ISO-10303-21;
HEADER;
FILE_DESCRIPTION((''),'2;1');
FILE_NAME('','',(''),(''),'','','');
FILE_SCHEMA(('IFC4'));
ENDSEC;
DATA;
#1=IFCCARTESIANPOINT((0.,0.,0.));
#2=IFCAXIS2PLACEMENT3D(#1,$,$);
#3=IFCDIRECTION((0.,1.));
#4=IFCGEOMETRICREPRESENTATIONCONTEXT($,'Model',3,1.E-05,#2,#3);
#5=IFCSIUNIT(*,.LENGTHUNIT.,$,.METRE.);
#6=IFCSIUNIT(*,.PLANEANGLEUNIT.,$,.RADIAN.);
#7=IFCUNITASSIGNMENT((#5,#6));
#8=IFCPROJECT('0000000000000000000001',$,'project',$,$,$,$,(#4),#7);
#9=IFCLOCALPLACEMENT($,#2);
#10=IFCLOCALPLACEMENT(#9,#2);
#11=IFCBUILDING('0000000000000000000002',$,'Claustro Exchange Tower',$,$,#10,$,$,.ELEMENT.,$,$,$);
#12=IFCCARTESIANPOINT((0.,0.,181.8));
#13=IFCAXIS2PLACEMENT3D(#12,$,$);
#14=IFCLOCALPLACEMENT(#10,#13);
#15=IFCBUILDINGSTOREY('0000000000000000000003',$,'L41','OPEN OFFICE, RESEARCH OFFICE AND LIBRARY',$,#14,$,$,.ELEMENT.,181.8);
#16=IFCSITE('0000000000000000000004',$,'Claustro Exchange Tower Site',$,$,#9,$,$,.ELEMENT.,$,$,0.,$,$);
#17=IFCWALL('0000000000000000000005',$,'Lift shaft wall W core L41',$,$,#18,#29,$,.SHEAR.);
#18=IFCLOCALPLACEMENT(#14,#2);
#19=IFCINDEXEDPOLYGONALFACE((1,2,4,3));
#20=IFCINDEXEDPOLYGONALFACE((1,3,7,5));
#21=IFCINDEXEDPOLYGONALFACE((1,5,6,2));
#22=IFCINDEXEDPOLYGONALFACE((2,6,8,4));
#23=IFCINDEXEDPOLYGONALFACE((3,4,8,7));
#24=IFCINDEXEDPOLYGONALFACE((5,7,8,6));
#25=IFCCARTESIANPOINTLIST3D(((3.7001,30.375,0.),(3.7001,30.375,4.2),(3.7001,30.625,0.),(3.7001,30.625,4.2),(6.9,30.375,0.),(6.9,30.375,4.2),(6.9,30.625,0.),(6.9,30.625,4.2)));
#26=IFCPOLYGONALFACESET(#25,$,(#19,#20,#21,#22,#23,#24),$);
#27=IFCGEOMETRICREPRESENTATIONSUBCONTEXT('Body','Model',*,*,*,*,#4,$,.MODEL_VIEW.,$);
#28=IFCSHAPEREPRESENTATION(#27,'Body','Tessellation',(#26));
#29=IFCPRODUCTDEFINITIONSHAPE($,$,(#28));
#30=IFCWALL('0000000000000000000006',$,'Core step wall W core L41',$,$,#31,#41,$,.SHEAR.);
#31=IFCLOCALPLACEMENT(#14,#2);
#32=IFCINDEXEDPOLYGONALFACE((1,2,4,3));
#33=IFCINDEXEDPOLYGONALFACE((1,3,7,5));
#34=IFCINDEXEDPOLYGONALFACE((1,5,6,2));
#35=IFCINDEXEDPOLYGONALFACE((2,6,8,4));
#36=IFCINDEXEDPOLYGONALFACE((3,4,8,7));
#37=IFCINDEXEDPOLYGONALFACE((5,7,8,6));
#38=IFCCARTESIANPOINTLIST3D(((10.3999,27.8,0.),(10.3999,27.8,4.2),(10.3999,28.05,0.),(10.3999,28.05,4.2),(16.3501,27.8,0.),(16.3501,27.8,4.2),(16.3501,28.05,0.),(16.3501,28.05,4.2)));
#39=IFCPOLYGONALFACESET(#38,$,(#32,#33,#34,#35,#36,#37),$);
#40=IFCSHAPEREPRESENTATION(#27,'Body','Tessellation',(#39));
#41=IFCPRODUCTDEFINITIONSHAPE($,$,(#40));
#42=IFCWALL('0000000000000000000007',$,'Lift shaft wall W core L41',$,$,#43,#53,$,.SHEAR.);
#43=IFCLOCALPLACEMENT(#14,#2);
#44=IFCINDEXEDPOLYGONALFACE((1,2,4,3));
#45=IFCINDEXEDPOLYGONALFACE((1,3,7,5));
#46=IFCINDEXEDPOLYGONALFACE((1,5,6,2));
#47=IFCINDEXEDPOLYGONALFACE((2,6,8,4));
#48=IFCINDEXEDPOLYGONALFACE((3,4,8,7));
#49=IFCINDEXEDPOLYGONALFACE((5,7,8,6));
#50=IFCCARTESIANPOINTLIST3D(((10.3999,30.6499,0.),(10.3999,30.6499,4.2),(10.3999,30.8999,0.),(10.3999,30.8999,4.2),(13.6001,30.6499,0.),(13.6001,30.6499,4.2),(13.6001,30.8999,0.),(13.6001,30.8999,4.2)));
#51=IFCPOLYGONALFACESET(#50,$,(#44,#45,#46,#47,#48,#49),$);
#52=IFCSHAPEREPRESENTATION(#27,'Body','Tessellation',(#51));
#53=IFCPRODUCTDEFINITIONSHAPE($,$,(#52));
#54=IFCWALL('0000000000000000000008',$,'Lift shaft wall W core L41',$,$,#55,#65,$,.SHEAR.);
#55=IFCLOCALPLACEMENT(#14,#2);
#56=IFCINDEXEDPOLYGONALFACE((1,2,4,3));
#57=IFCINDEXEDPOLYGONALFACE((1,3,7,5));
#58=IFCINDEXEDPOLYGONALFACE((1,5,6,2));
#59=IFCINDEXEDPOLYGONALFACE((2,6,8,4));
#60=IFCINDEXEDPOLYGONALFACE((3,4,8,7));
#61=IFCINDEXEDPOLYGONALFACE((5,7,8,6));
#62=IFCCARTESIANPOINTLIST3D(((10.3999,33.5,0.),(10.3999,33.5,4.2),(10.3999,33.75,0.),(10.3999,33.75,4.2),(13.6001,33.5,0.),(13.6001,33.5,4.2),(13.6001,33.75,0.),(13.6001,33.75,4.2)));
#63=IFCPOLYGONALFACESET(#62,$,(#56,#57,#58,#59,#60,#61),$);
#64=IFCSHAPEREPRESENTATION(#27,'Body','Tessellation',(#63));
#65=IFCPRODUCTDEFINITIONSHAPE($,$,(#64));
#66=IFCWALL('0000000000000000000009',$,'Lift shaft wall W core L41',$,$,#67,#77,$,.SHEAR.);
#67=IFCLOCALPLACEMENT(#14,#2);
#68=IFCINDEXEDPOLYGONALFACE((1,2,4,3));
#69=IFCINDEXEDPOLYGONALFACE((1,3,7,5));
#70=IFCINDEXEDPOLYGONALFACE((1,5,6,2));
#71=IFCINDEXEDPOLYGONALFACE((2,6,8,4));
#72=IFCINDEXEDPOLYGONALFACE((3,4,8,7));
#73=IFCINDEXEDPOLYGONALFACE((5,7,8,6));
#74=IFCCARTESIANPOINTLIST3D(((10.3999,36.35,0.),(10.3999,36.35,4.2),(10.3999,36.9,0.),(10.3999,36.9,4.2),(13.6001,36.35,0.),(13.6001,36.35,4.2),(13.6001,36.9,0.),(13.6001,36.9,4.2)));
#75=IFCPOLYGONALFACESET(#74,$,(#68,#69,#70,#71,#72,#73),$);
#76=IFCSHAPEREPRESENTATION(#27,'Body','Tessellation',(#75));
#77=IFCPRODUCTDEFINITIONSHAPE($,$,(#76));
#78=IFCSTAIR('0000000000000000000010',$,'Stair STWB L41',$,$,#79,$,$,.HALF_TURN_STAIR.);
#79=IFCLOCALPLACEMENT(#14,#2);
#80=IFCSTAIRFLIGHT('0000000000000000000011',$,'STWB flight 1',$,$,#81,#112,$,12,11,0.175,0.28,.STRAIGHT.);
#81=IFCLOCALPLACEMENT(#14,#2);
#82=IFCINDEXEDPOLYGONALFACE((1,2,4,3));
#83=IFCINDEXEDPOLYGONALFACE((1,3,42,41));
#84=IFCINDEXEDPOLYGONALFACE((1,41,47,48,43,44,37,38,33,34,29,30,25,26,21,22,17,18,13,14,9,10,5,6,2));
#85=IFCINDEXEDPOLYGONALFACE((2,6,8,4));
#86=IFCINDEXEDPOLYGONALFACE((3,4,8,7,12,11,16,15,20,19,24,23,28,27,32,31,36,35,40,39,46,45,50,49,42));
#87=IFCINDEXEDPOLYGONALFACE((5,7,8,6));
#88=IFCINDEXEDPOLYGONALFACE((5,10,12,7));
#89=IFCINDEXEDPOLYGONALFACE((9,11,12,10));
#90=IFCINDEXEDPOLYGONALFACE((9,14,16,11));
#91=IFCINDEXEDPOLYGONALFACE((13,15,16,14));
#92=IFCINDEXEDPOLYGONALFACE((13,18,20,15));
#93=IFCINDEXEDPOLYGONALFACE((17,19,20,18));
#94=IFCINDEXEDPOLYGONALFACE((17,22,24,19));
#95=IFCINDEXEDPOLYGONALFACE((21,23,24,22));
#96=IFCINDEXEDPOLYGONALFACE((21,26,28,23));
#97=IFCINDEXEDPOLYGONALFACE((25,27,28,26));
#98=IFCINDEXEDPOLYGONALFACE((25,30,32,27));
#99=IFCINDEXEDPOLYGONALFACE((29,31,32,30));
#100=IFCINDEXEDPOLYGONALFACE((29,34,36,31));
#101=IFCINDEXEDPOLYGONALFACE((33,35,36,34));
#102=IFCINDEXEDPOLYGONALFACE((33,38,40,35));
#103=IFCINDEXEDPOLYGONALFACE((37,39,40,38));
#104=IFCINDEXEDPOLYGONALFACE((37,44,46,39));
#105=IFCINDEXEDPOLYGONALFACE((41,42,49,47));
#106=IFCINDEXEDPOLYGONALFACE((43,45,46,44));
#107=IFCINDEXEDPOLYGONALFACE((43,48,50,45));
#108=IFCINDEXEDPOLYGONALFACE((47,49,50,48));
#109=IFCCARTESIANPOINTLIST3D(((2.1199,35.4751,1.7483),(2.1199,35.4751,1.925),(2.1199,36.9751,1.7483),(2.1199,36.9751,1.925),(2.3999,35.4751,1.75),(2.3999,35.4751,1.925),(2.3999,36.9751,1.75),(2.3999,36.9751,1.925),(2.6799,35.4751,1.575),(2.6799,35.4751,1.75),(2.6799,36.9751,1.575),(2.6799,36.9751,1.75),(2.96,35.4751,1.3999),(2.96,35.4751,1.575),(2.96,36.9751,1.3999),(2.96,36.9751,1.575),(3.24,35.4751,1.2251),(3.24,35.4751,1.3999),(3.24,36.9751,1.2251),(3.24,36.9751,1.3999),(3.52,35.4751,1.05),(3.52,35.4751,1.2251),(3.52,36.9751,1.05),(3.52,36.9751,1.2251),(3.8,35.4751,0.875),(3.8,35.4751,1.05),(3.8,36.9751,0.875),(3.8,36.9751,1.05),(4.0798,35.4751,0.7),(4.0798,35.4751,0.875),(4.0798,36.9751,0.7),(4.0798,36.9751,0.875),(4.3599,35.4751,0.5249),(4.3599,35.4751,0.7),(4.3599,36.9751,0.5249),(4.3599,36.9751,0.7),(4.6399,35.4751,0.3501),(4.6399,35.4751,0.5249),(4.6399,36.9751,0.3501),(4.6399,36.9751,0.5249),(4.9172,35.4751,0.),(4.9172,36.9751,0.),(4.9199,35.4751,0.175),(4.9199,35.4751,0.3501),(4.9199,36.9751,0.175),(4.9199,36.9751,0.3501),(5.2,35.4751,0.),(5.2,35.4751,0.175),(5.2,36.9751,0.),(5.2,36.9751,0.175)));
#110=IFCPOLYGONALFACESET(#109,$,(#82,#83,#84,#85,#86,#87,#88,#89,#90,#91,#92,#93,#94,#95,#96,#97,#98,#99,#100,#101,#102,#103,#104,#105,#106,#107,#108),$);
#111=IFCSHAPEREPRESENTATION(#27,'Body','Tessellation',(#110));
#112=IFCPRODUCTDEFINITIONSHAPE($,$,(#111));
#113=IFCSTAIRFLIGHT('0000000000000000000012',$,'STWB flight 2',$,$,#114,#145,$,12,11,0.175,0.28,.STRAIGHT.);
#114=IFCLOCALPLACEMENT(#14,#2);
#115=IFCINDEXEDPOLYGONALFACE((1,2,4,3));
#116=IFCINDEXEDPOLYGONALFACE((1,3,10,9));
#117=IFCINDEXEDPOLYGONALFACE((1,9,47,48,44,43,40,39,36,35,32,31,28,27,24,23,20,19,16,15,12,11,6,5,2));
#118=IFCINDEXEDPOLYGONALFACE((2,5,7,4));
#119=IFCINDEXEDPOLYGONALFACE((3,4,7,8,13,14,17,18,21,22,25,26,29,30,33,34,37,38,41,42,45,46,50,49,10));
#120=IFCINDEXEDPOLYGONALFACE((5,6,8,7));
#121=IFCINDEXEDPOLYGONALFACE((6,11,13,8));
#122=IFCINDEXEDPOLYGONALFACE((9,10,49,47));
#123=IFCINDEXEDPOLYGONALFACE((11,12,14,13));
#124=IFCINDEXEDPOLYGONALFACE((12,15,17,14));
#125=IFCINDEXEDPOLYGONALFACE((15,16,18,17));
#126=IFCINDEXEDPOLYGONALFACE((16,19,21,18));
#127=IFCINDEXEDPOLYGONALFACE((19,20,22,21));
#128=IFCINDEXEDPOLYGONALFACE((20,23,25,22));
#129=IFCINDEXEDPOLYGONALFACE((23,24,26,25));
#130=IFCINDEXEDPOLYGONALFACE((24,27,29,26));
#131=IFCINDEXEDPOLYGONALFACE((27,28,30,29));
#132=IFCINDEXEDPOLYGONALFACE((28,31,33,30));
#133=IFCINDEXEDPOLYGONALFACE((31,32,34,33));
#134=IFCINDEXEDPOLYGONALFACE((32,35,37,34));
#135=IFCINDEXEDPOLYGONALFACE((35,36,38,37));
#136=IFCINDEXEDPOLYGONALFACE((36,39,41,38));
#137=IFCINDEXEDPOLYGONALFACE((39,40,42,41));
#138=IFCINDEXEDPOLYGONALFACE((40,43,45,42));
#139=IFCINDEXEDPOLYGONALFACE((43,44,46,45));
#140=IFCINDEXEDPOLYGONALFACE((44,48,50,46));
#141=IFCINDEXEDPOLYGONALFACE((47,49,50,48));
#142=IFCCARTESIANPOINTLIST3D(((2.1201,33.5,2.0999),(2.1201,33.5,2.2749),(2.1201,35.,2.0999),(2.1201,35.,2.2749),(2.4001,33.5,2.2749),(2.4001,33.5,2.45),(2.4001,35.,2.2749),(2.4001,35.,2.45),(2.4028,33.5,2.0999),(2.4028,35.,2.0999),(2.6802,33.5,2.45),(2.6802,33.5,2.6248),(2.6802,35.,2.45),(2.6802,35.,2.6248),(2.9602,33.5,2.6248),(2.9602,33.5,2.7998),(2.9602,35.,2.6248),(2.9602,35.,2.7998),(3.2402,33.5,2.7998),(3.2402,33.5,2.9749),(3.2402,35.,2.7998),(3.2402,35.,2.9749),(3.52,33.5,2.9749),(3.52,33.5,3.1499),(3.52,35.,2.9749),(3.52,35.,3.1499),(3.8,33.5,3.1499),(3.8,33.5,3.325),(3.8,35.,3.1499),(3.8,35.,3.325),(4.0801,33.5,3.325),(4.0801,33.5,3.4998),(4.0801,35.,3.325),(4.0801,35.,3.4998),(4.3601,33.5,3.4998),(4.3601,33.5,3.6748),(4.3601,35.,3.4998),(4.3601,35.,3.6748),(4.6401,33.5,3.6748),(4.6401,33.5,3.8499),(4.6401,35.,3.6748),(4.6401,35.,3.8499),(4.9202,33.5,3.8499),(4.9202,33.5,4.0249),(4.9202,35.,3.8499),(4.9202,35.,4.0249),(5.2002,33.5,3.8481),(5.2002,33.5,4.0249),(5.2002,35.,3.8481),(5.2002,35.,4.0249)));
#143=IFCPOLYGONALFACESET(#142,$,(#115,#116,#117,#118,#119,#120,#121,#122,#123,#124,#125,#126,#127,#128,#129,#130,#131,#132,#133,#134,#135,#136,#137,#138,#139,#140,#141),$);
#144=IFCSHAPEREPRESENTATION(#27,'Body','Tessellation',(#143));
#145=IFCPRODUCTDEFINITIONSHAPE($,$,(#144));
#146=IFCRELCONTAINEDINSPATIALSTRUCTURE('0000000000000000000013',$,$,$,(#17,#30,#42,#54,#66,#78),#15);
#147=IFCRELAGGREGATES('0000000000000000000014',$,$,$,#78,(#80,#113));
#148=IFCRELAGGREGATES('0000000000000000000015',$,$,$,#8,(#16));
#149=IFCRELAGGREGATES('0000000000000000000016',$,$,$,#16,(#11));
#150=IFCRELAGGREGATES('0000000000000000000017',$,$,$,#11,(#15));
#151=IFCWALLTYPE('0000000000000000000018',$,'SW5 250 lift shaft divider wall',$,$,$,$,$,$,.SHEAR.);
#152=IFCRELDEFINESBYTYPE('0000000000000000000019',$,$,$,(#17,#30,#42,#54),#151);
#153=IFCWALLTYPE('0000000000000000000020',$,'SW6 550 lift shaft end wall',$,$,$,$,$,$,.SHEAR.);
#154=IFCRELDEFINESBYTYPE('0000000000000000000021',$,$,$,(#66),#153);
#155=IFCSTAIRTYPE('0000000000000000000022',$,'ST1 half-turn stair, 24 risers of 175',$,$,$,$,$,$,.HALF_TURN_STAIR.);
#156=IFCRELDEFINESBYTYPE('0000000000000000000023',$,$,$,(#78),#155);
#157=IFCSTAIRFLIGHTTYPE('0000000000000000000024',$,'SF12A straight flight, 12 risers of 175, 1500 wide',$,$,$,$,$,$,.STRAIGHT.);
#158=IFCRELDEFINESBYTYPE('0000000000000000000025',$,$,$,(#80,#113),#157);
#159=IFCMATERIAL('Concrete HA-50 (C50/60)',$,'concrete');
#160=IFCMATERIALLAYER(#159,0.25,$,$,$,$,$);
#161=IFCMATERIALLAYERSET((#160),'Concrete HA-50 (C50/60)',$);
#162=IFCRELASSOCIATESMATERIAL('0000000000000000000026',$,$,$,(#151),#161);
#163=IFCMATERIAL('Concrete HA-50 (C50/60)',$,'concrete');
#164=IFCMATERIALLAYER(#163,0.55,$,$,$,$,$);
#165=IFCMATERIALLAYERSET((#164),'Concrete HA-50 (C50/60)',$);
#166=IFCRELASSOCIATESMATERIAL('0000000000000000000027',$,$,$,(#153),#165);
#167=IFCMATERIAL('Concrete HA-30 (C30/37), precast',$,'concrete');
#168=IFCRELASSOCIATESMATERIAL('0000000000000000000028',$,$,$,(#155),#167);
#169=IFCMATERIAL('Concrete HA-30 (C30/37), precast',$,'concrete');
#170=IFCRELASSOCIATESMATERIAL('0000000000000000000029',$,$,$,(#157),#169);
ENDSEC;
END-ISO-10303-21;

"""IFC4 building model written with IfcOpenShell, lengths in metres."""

from ifc_helpers import new_model, si_unit, direction, frame, frame_2d, origin, place, context, subcontext, project, spatial, polyline, rectangle, outline, extrude, material, layer, layer_set, type_object, element, aggregate, save


model = new_model("IFC4")

# Units and contexts
model_context = context("Model", 3, precision=1e-05, world=origin(), true_north=direction((0.0, 1.0)))
body_context = subcontext(model_context, "Body", "Model", "MODEL_VIEW")
ifc_project = project(units=[si_unit("LENGTHUNIT", "METRE"), si_unit("PLANEANGLEUNIT", "RADIAN")], contexts=[model_context])

# Site, building, storey
site_placement = place(None, origin())
site = spatial("IfcSite", under=ifc_project, at=site_placement, Name="Claustro Exchange Tower Site", CompositionType="ELEMENT", RefElevation=0.0)
building_placement = place(site_placement, origin())
building = spatial("IfcBuilding", under=site, at=building_placement, Name="Claustro Exchange Tower", CompositionType="ELEMENT")
storey_placement = place(building_placement, frame((0.0, 0.0, 181.8)))
storey = spatial("IfcBuildingStorey", under=building, at=storey_placement, Name="L41", Description="OPEN OFFICE, RESEARCH OFFICE AND LIBRARY", CompositionType="ELEMENT", Elevation=181.8)

# Walls
ifc_material_1 = material(Name="Concrete HA-50 (C50/60)", Category="concrete")
ifc_layer_1 = layer(ifc_material_1, 0.25)
ifc_layer_set_1 = layer_set([ifc_layer_1], Name="Concrete HA-50 (C50/60)")
wall_type_1 = type_object("IfcWallType", Name="SW5 250 lift shaft divider wall", PredefinedType="SHEAR", material=ifc_layer_set_1)
wall_1_placement = place(storey_placement, frame((3.7, 30.5, 0.0), z_axis=(0.0, 0.0, 1.0), x_axis=(1.0, 0.0, 0.0)))
element("IfcWall", 1, at=wall_1_placement, inside=storey, type_object=wall_type_1, Name="Lift shaft wall W core L41", PredefinedType="SHEAR", context=body_context, shape_type="SweptSolid", body=[
    extrude(rectangle(XDim=3.2, YDim=0.25, at=frame_2d((1.6001, 0.0))), origin(), (0.0, 0.0, 1.0), 4.2),
])
wall_2_placement = place(storey_placement, frame((10.3999, 27.925, 0.0), z_axis=(0.0, 0.0, 1.0), x_axis=(1.0, 0.0, 0.0)))
element("IfcWall", 2, at=wall_2_placement, inside=storey, type_object=wall_type_1, Name="Core step wall W core L41", PredefinedType="SHEAR", context=body_context, shape_type="SweptSolid", body=[
    extrude(rectangle(XDim=5.9502, YDim=0.25, at=frame_2d((2.9751, 0.0))), origin(), (0.0, 0.0, 1.0), 4.2),
])
for number, where, z_axis, x_axis, name in (
    (3, (10.3999, 30.7749, 0.0), (0.0, 0.0, 1.0), (1.0, 0.0, 0.0), "Lift shaft wall W core L41"),
    (4, (10.3999, 33.625, 0.0), (0.0, 0.0, 1.0), (1.0, 0.0, 0.0), "Lift shaft wall W core L41"),
):
    element("IfcWall", number, at=place(storey_placement, frame(where, z_axis=z_axis, x_axis=x_axis)), inside=storey, type_object=wall_type_1, Name=name, PredefinedType="SHEAR", context=body_context, shape_type="SweptSolid", body=[
        extrude(rectangle(XDim=3.2002, YDim=0.25, at=frame_2d((1.6001, 0.0))), origin(), (0.0, 0.0, 1.0), 4.2),
    ])
ifc_material_2 = material(Name="Concrete HA-50 (C50/60)", Category="concrete")
ifc_layer_2 = layer(ifc_material_2, 0.55)
ifc_layer_set_2 = layer_set([ifc_layer_2], Name="Concrete HA-50 (C50/60)")
wall_type_2 = type_object("IfcWallType", Name="SW6 550 lift shaft end wall", PredefinedType="SHEAR", material=ifc_layer_set_2)
wall_3_placement = place(storey_placement, frame((10.3999, 36.625, 0.0), z_axis=(0.0, 0.0, 1.0), x_axis=(1.0, 0.0, 0.0)))
element("IfcWall", 5, at=wall_3_placement, inside=storey, type_object=wall_type_2, Name="Lift shaft wall W core L41", PredefinedType="SHEAR", context=body_context, shape_type="SweptSolid", body=[
    extrude(rectangle(XDim=3.2002, YDim=0.55, at=frame_2d((1.6001, 0.0))), origin(), (0.0, 0.0, 1.0), 4.2),
])

# Stair, stair flights
ifc_material_3 = material(Name="Concrete HA-30 (C30/37), precast", Category="concrete")
stair_type = type_object("IfcStairType", Name="ST1 half-turn stair, 24 risers of 175", PredefinedType="HALF_TURN_STAIR", material=ifc_material_3)
stair_placement = place(storey_placement, origin())
stair = element("IfcStair", 6, at=stair_placement, inside=storey, type_object=stair_type, Name="Stair STWB L41", PredefinedType="HALF_TURN_STAIR")
ifc_material_4 = material(Name="Concrete HA-30 (C30/37), precast", Category="concrete")
stair_flight_type = type_object("IfcStairFlightType", Name="SF12A straight flight, 12 risers of 175, 1500 wide", PredefinedType="STRAIGHT", material=ifc_material_4)
stair_flight_1_placement = place(storey_placement, frame((5.2, 36.2251, 0.0), z_axis=(0.0, 0.0, 1.0), x_axis=(-1.0, 0.0, 0.0)))
stair_flight_1 = element("IfcStairFlight", 7, at=stair_flight_1_placement, type_object=stair_flight_type, Name="STWB flight 1", NumberOfRisers=12, NumberOfTreads=11, PredefinedType="STRAIGHT", RiserHeight=0.175, TreadLength=0.28, context=body_context, shape_type="SweptSolid", body=[
    extrude(outline(polyline([(0.0, 0.0), (0.0, 0.175), (0.28, 0.175), (0.28, 0.3501), (0.5601, 0.3501), (0.5601, 0.5249), (0.8401, 0.5249), (0.8401, 0.7), (1.1201, 0.7), (1.1201, 0.875), (1.3999, 0.875), (1.3999, 1.05), (1.6799, 1.05), (1.6799, 1.2251), (1.96, 1.2251), (1.96, 1.3999), (2.24, 1.3999), (2.24, 1.575), (2.52, 1.575), (2.52, 1.75), (2.8, 1.75), (2.8, 1.925), (3.0801, 1.925), (3.0801, 2.1001), (3.0801, 1.7483), (0.2827, 0.0), (0.0, 0.0)])), frame((0.0, 0.75, 0.0), z_axis=(0.0, -1.0, 0.0), x_axis=(1.0, 0.0, 0.0)), (0.0, 0.0, 1.0), 1.5),
])
stair_flight_2_placement = place(storey_placement, frame((2.1201, 34.25, 2.0999), z_axis=(0.0, 0.0, 1.0), x_axis=(1.0, 0.0, 0.0)))
stair_flight_2 = element("IfcStairFlight", 8, at=stair_flight_2_placement, type_object=stair_flight_type, Name="STWB flight 2", NumberOfRisers=12, NumberOfTreads=11, PredefinedType="STRAIGHT", RiserHeight=0.175, TreadLength=0.28, context=body_context, shape_type="SweptSolid", body=[
    extrude(outline(polyline([(0.0, 0.0), (0.0, 0.175), (0.28, 0.175), (0.28, 0.3501), (0.5601, 0.3501), (0.5601, 0.5249), (0.8401, 0.5249), (0.8401, 0.7), (1.1201, 0.7), (1.1201, 0.875), (1.3999, 0.875), (1.3999, 1.05), (1.6799, 1.05), (1.6799, 1.2251), (1.96, 1.2251), (1.96, 1.3999), (2.24, 1.3999), (2.24, 1.575), (2.52, 1.575), (2.52, 1.75), (2.8, 1.75), (2.8, 1.925), (3.0801, 1.925), (3.0801, 2.1001), (3.0801, 1.7483), (0.2827, 0.0), (0.0, 0.0)])), frame((0.0, 0.75, 0.0), z_axis=(0.0, -1.0, 0.0), x_axis=(1.0, 0.0, 0.0)), (0.0, 0.0, 1.0), 1.5),
])
aggregate(stair, [stair_flight_1, stair_flight_2])

save(model, "model.ifc")
